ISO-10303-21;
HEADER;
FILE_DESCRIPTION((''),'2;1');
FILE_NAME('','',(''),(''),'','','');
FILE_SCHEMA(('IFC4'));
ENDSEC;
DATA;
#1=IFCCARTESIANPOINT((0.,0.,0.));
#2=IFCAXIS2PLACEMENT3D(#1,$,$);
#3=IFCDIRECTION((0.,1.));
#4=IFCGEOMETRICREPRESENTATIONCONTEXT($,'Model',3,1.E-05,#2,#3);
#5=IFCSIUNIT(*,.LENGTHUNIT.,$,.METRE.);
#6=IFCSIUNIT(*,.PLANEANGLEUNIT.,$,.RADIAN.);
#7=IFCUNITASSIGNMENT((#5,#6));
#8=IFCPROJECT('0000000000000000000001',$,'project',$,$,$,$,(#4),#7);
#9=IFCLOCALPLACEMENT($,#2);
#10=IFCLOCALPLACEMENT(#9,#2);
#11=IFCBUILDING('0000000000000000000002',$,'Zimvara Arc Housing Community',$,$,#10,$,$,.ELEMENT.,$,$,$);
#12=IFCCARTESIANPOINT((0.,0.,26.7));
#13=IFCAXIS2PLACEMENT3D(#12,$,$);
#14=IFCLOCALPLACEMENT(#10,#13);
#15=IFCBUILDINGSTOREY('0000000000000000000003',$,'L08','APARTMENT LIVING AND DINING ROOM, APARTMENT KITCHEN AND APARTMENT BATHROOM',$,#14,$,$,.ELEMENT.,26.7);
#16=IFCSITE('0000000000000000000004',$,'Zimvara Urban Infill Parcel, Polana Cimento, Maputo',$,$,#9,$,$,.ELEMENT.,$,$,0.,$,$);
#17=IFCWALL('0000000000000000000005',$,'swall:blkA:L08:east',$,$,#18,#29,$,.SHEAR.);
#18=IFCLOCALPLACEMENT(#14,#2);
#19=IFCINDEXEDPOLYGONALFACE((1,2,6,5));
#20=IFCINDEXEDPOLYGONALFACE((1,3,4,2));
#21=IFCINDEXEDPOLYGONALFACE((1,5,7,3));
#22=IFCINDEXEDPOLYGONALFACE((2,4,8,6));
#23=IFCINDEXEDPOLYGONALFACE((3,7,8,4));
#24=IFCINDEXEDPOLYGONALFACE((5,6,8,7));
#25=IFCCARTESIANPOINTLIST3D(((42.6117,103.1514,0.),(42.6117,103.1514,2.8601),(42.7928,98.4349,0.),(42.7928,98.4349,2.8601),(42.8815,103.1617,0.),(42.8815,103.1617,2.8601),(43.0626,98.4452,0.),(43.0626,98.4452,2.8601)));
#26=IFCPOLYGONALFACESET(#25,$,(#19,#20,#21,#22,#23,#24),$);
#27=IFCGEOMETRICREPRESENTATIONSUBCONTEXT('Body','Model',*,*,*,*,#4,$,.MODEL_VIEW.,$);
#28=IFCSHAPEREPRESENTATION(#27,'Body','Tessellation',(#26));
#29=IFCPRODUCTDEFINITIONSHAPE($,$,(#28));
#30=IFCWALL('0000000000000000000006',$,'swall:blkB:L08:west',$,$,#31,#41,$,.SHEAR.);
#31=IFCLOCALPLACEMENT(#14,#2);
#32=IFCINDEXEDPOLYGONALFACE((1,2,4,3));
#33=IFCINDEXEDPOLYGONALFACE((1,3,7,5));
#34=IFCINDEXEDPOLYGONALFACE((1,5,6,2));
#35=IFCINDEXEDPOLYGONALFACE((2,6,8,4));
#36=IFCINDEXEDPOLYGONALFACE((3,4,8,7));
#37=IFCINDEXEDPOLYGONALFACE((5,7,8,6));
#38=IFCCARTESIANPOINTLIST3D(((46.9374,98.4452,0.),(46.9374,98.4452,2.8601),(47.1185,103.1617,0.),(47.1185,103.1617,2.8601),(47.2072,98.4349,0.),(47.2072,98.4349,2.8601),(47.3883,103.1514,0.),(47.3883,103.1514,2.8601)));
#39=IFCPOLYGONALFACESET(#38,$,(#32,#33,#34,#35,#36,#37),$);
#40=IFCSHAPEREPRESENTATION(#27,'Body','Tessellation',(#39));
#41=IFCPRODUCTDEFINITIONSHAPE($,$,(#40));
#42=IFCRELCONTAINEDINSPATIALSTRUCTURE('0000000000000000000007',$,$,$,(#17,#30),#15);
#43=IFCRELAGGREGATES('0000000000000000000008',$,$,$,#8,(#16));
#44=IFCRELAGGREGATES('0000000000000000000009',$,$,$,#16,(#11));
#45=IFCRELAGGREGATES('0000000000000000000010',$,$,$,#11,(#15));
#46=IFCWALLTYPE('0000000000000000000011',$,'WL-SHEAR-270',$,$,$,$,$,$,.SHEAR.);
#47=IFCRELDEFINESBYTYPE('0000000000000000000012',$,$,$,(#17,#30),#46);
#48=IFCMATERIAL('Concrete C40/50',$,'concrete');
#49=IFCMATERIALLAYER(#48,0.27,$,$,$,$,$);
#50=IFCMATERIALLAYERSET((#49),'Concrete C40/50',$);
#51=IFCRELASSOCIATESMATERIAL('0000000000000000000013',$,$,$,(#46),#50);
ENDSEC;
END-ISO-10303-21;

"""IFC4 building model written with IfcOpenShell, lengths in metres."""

from ifc_helpers import new_model, si_unit, direction, frame, frame_2d, origin, place, context, subcontext, project, spatial, rectangle, extrude, material, layer, layer_set, type_object, element, save


model = new_model("IFC4")

# Units and contexts
model_context = context("Model", 3, precision=1e-05, world=origin(), true_north=direction((0.0, 1.0)))
body_context = subcontext(model_context, "Body", "Model", "MODEL_VIEW")
ifc_project = project(units=[si_unit("LENGTHUNIT", "METRE"), si_unit("PLANEANGLEUNIT", "RADIAN")], contexts=[model_context])

# Site, building, storey
site_placement = place(None, origin())
site = spatial("IfcSite", under=ifc_project, at=site_placement, Name="Zimvara Urban Infill Parcel, Polana Cimento, Maputo", CompositionType="ELEMENT", RefElevation=0.0)
building_placement = place(site_placement, origin())
building = spatial("IfcBuilding", under=site, at=building_placement, Name="Zimvara Arc Housing Community", CompositionType="ELEMENT")
storey_placement = place(building_placement, frame((0.0, 0.0, 26.7)))
storey = spatial("IfcBuildingStorey", under=building, at=storey_placement, Name="L08", Description="APARTMENT LIVING AND DINING ROOM, APARTMENT KITCHEN AND APARTMENT BATHROOM", CompositionType="ELEMENT", Elevation=26.7)

# Walls
ifc_material_1 = material(Name="Concrete C40/50", Category="concrete")
ifc_layer_1 = layer(ifc_material_1, 0.27)
ifc_layer_set_1 = layer_set([ifc_layer_1], Name="Concrete C40/50")
wall_type_1 = type_object("IfcWallType", Name="WL-SHEAR-270", PredefinedType="SHEAR", material=ifc_layer_set_1)
for number, where, z_axis, x_axis, name in (
    (1, (42.9277, 98.4402, 0.0), (0.0, 0.0, 1.0), (-0.038379, 0.999263, 0.0), "swall:blkA:L08:east"),
    (2, (47.0723, 98.4402, 0.0), (0.0, 0.0, 1.0), (0.038379, 0.999263, 0.0), "swall:blkB:L08:west"),
):
    element("IfcWall", number, at=place(storey_placement, frame(where, z_axis=z_axis, x_axis=x_axis)), inside=storey, type_object=wall_type_1, Name=name, PredefinedType="SHEAR", context=body_context, shape_type="SweptSolid", body=[
        extrude(rectangle(XDim=4.72, YDim=0.27, at=frame_2d((2.3599, 0.0))), origin(), (0.0, 0.0, 1.0), 2.8601),
    ])

save(model, "model.ifc")
